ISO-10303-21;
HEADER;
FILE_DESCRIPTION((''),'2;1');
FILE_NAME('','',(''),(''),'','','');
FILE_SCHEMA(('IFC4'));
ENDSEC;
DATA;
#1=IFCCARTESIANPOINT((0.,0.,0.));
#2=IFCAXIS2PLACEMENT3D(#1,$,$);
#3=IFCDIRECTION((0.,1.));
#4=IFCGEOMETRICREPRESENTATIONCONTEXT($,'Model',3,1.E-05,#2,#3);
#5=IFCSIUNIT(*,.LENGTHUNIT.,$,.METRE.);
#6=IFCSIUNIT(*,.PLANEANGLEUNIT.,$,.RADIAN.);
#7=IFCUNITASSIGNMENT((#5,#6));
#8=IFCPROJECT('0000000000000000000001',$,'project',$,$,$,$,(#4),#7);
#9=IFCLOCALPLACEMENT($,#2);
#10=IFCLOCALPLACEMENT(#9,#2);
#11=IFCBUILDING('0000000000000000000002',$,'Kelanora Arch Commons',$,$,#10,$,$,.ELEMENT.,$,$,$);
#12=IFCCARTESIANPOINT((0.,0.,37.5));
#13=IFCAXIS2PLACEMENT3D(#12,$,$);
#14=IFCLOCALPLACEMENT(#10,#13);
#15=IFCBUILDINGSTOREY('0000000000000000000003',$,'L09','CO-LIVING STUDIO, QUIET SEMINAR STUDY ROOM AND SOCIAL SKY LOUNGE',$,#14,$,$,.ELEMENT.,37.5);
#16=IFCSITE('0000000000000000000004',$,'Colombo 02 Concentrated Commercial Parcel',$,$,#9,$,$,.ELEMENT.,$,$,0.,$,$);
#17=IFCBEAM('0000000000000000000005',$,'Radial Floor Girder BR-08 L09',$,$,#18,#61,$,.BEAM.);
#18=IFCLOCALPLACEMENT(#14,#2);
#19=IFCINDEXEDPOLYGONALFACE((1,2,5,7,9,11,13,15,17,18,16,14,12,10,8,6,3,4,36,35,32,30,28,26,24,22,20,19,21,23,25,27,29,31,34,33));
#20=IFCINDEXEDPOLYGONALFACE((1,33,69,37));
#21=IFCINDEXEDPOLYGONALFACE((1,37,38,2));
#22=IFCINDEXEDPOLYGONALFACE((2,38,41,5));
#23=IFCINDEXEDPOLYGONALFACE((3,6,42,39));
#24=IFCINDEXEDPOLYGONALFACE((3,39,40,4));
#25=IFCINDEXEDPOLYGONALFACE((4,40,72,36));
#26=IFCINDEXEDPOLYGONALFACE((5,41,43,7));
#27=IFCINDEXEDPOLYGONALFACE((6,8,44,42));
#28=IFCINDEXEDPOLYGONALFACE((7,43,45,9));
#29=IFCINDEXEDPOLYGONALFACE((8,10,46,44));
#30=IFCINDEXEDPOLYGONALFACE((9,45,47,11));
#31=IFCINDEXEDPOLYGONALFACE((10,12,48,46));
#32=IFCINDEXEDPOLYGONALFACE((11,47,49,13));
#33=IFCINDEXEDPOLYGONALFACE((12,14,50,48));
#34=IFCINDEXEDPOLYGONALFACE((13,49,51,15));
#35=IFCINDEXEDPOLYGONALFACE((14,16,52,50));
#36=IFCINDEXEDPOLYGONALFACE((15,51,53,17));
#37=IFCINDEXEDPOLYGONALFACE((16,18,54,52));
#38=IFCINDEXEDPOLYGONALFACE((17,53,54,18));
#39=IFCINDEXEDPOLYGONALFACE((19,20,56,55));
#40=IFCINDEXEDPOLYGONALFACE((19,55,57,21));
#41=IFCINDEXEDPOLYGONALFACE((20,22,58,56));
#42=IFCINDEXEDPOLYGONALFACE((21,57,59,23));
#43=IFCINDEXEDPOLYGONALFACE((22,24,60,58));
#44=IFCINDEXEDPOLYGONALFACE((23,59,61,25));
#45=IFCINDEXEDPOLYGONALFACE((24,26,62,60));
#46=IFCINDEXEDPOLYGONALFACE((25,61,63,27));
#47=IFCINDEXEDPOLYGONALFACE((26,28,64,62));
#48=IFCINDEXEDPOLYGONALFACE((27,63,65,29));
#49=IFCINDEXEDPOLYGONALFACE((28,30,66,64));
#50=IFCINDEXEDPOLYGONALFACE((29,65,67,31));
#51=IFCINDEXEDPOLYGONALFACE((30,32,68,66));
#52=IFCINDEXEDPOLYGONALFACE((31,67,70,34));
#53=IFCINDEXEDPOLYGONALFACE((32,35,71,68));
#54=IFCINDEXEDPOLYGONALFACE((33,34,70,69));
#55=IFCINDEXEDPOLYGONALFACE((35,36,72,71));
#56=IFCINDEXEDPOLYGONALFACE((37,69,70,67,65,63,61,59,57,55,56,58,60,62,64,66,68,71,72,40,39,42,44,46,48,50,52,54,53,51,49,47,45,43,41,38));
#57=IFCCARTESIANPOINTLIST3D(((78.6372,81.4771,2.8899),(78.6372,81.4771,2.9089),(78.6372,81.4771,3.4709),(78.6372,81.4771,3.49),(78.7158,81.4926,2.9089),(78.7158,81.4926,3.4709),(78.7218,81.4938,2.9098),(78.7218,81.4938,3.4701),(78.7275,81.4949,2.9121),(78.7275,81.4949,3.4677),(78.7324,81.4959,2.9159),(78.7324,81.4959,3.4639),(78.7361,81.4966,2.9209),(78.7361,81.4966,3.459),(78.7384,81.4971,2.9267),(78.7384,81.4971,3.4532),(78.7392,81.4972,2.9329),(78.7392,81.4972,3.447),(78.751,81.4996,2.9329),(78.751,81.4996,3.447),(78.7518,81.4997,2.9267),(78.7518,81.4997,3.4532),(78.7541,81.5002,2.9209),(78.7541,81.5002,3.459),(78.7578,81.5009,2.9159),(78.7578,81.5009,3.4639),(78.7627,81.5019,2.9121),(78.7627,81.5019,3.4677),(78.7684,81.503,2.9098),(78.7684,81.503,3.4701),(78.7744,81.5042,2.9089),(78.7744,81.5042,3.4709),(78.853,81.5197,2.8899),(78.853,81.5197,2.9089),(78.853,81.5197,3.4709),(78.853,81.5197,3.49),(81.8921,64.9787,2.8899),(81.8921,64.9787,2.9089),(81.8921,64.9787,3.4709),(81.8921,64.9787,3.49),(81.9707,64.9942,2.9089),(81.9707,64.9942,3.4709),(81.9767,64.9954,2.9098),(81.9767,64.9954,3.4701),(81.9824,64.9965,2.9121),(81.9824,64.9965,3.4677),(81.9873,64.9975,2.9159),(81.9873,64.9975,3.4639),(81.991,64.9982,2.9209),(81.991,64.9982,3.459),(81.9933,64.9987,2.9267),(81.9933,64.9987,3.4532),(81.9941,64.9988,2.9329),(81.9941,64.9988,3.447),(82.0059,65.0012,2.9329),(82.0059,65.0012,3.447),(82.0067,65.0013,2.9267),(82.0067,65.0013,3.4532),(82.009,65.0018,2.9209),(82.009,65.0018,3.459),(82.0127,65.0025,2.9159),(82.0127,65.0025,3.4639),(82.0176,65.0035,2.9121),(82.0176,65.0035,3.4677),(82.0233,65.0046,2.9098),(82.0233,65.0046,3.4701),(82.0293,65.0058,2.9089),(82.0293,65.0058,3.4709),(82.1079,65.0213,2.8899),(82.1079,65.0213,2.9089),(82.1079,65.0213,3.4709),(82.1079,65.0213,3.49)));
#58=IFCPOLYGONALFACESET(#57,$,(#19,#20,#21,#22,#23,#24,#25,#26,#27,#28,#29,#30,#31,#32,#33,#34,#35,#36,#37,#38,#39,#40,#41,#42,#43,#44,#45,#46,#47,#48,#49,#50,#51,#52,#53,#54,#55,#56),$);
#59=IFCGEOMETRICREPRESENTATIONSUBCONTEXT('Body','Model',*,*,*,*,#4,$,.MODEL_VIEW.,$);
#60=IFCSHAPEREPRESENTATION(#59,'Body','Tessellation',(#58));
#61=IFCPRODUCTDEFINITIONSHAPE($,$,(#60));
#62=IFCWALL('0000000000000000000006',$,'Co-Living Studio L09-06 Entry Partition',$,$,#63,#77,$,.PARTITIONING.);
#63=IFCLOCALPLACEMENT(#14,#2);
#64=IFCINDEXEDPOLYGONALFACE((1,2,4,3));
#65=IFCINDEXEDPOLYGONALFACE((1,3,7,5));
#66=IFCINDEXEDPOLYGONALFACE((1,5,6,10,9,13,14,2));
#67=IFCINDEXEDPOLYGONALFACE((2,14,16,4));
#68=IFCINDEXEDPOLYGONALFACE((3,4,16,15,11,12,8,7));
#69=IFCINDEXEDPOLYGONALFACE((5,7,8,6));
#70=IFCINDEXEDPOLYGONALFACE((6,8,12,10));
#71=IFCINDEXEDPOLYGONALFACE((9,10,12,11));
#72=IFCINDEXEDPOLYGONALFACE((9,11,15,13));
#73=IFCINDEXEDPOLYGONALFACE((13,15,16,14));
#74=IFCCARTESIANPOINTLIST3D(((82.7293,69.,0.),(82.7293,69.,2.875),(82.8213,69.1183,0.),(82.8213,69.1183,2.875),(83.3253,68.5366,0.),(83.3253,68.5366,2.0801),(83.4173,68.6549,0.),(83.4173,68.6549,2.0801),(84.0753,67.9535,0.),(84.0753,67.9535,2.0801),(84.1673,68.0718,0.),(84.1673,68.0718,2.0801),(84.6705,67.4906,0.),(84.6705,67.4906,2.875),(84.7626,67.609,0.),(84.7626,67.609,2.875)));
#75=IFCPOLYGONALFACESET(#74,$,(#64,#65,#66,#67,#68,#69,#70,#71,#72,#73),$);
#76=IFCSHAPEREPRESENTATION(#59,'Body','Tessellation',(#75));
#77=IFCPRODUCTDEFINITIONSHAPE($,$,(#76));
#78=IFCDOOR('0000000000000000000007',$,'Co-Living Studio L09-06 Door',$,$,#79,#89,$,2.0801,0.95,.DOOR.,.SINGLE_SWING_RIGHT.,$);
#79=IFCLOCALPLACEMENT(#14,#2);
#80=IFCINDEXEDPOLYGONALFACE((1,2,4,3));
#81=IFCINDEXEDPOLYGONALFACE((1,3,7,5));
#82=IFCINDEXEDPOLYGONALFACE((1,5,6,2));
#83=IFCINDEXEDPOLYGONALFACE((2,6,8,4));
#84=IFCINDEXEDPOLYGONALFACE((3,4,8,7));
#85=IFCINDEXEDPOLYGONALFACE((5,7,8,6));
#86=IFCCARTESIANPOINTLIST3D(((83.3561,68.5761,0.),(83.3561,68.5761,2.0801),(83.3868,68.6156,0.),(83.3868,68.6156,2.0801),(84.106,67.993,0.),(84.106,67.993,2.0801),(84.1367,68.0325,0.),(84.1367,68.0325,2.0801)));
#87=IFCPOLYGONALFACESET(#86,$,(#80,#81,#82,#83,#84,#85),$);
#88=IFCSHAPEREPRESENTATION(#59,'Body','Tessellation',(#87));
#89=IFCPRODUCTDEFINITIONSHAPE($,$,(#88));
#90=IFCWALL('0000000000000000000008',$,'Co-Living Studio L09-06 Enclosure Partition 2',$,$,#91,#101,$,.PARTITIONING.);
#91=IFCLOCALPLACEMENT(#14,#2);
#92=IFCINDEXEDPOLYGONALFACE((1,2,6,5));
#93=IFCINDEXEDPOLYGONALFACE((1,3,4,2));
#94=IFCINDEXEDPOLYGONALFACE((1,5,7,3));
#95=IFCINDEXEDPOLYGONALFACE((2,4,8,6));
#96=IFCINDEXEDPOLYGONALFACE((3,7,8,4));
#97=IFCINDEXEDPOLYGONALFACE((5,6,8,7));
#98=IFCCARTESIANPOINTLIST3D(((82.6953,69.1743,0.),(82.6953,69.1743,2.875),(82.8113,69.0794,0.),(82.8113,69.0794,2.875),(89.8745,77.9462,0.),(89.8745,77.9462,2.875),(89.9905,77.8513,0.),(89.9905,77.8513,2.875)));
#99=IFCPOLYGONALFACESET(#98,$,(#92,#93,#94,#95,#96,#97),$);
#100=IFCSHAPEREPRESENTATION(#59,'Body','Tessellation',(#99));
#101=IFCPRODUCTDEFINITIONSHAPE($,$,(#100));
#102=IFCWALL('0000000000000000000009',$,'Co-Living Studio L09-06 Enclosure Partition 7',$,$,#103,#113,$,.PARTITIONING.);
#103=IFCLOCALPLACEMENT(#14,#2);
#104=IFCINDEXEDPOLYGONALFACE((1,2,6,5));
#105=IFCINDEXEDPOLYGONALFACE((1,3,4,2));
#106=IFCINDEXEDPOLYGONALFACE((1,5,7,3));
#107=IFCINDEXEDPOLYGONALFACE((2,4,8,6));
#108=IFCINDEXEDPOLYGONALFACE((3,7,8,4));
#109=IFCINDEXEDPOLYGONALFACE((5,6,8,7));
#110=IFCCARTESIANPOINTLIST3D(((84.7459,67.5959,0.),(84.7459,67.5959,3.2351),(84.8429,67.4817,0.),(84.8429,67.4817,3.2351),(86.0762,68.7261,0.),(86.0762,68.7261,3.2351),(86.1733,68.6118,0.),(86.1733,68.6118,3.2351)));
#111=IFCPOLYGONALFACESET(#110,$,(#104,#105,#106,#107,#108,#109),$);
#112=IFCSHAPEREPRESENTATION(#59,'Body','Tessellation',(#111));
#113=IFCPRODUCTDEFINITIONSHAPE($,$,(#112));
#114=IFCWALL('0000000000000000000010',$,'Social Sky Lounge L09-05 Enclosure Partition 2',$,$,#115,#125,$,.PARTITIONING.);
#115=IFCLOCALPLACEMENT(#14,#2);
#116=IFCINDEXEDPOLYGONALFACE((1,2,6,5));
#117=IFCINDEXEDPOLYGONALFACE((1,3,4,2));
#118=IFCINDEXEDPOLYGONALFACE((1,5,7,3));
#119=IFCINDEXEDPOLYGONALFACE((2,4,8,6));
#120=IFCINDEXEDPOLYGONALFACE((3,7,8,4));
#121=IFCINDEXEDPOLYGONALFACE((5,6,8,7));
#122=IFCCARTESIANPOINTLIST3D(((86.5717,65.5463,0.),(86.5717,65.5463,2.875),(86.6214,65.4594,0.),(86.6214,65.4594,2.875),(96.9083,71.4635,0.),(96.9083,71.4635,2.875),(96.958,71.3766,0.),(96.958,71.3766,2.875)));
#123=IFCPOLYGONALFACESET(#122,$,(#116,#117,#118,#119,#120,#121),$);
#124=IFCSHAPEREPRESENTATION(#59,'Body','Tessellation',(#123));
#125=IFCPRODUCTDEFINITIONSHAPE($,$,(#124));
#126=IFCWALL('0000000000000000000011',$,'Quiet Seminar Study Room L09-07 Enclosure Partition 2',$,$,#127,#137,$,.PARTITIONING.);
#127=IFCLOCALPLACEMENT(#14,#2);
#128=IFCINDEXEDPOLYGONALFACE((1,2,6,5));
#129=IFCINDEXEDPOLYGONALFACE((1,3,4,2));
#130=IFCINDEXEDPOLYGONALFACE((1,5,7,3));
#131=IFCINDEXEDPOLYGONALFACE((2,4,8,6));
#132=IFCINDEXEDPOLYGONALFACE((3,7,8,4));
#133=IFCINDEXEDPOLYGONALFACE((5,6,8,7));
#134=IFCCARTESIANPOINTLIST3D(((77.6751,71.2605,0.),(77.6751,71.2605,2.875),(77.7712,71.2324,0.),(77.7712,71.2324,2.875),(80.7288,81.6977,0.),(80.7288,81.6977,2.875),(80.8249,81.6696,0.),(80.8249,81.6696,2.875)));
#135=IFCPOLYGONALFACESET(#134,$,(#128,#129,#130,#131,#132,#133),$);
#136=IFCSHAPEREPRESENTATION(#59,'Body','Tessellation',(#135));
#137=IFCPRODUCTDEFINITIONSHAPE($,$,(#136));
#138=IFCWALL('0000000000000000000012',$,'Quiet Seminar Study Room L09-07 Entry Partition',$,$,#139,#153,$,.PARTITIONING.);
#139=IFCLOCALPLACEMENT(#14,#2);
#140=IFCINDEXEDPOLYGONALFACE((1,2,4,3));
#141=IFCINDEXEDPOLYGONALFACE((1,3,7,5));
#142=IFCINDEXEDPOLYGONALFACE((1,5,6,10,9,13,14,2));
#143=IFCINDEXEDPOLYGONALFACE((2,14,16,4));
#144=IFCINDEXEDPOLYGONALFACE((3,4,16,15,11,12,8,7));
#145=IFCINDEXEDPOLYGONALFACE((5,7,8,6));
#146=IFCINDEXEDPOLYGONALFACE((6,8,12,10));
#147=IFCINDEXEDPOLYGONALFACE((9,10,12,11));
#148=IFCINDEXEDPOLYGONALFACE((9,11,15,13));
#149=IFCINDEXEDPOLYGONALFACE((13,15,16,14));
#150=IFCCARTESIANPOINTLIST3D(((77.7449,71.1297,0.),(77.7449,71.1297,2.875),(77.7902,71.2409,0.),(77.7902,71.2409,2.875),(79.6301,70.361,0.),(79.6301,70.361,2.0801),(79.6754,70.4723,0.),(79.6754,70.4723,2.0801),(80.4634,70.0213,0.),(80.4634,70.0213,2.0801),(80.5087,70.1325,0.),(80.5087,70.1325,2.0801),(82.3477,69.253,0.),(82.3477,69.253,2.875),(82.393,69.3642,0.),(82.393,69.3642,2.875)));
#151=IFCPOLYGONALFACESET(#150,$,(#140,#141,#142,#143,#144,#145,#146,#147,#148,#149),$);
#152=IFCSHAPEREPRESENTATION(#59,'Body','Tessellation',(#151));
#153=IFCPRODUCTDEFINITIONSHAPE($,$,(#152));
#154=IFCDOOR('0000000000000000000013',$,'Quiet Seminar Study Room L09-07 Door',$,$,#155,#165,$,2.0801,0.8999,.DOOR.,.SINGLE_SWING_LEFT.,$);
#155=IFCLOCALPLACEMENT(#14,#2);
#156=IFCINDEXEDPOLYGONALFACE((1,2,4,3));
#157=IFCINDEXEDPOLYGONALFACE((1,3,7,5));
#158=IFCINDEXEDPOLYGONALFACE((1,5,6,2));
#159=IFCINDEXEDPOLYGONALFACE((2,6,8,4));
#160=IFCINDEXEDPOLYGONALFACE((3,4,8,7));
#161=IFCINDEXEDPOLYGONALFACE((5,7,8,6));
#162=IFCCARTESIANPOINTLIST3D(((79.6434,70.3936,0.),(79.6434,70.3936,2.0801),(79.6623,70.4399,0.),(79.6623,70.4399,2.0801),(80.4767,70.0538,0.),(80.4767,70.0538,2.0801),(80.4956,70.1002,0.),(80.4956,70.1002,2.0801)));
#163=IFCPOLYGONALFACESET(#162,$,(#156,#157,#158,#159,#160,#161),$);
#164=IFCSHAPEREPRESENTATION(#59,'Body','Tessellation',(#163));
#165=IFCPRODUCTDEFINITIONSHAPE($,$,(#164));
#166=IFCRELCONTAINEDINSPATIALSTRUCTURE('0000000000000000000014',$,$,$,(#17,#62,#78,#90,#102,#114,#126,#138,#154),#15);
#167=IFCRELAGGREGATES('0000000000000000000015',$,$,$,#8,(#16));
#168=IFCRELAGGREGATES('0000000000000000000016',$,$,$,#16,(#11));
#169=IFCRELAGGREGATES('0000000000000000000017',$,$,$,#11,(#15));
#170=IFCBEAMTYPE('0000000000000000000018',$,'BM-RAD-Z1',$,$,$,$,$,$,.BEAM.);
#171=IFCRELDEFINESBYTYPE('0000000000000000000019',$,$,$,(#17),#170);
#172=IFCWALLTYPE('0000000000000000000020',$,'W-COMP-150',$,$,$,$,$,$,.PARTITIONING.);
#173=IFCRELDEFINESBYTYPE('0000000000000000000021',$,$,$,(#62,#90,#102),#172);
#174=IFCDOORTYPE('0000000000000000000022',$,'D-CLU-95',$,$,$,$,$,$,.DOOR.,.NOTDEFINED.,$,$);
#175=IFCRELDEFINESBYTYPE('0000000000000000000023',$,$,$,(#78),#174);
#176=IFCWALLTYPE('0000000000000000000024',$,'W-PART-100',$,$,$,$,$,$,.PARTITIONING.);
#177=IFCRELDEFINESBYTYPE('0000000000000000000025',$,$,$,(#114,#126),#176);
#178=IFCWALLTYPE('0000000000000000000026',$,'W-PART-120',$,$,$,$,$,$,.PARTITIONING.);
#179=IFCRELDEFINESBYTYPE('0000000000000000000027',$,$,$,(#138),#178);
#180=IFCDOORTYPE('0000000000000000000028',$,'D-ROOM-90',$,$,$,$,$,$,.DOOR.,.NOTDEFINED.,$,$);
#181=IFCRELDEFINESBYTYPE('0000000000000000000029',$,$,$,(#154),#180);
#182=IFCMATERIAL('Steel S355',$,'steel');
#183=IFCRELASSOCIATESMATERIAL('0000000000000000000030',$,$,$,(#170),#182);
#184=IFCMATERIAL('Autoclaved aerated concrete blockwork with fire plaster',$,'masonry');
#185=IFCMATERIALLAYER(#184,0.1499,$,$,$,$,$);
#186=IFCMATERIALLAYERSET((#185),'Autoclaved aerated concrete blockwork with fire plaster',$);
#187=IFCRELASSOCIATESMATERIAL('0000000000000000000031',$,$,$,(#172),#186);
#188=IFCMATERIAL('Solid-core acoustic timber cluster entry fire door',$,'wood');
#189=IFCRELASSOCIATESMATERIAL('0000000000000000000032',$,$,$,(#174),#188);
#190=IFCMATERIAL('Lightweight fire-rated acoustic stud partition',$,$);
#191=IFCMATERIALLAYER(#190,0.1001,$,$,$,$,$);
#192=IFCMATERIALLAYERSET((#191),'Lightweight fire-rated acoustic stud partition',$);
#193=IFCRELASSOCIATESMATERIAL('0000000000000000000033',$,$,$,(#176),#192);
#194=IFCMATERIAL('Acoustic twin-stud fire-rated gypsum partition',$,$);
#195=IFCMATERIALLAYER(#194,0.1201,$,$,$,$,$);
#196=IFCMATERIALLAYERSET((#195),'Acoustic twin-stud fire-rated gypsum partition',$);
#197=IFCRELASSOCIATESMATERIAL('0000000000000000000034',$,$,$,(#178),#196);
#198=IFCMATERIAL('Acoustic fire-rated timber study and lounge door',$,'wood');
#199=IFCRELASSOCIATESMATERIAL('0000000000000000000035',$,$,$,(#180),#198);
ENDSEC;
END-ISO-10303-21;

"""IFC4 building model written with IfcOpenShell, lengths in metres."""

from ifc_helpers import new_model, si_unit, direction, frame, frame_2d, origin, origin_2d, place, context, subcontext, project, spatial, rectangle, i_section, extrude, material, layer, layer_set, material_profile, profile_set, type_object, element, fill, save


model = new_model("IFC4")

# Units and contexts
model_context = context("Model", 3, precision=1e-05, world=origin(), true_north=direction((0.0, 1.0)))
body_context = subcontext(model_context, "Body", "Model", "MODEL_VIEW")
ifc_project = project(units=[si_unit("LENGTHUNIT", "METRE"), si_unit("PLANEANGLEUNIT", "RADIAN")], contexts=[model_context])

# Site, building, storey
site_placement = place(None, origin())
site = spatial("IfcSite", under=ifc_project, at=site_placement, Name="Colombo 02 Concentrated Commercial Parcel", CompositionType="ELEMENT", RefElevation=0.0)
building_placement = place(site_placement, origin())
building = spatial("IfcBuilding", under=site, at=building_placement, Name="Kelanora Arch Commons", CompositionType="ELEMENT")
storey_placement = place(building_placement, frame((0.0, 0.0, 37.5)))
storey = spatial("IfcBuildingStorey", under=building, at=storey_placement, Name="L09", Description="CO-LIVING STUDIO, QUIET SEMINAR STUDY ROOM AND SOCIAL SKY LOUNGE", CompositionType="ELEMENT", Elevation=37.5)

# Beam
ifc_material_1 = material(Name="Steel S355", Category="steel")
ifc_material_profile_1 = material_profile(ifc_material_1, i_section(OverallWidth=0.22, OverallDepth=0.6001, WebThickness=0.012, FlangeThickness=0.019, FilletRadius=0.0239, at=origin_2d()), Name="IPE600")
ifc_profile_set_1 = profile_set([ifc_material_profile_1], Name="Steel S355")
beam_type_1 = type_object("IfcBeamType", Name="BM-RAD-Z1", PredefinedType="BEAM", material=ifc_profile_set_1)
beam_1_placement = place(storey_placement, frame((82.0, 65.0, 3.1899), z_axis=(-0.193555, 0.981089, 0.0), x_axis=(-0.981089, -0.193555, 0.0)))
element("IfcBeam", 1, at=beam_1_placement, inside=storey, type_object=beam_type_1, Name="Radial Floor Girder BR-08 L09", PredefinedType="BEAM", context=body_context, shape_type="SweptSolid", body=[
    extrude(i_section(OverallWidth=0.22, OverallDepth=0.6001, WebThickness=0.012, FlangeThickness=0.019, FilletRadius=0.0239, at=origin_2d()), origin(), (0.0, 0.0, 1.0), 16.8164),
])

# Wall, opening, door
ifc_material_2 = material(Name="Autoclaved aerated concrete blockwork with fire plaster", Category="masonry")
ifc_layer_1 = layer(ifc_material_2, 0.1499)
ifc_layer_set_1 = layer_set([ifc_layer_1], Name="Autoclaved aerated concrete blockwork with fire plaster")
wall_type_1 = type_object("IfcWallType", Name="W-COMP-150", PredefinedType="PARTITIONING", material=ifc_layer_set_1)
wall_1_placement = place(storey_placement, frame((84.7166, 67.5498, 0.0), z_axis=(0.0, 0.0, 1.0), x_axis=(-0.789454, 0.61381, 0.0)))
wall_1 = element("IfcWall", 2, at=wall_1_placement, inside=storey, type_object=wall_type_1, Name="Co-Living Studio L09-06 Entry Partition", PredefinedType="PARTITIONING", context=body_context, shape_type="SweptSolid", body=[
    extrude(rectangle(XDim=2.459, YDim=0.1499, at=frame_2d((1.2295, 0.0))), origin(), (0.0, 0.0, 1.0), 2.875),
])
opening_1_placement = place(wall_1_placement, frame((0.7539, 0.0, 0.0)))
opening_1 = element("IfcOpeningElement", 3, at=opening_1_placement, cuts=wall_1, PredefinedType="OPENING", context=body_context, shape_type="SweptSolid", body=[
    extrude(rectangle(XDim=0.95, YDim=2.0801, at=frame_2d((0.4751, 1.04))), frame((0.0, 0.085, 0.0), z_axis=(0.0, -1.0, 0.0), x_axis=(1.0, 0.0, 0.0)), (0.0, 0.0, 1.0), 0.1699),
])
ifc_material_3 = material(Name="Solid-core acoustic timber cluster entry fire door", Category="wood")
door_type_1 = type_object("IfcDoorType", Name="D-CLU-95", OperationType="NOTDEFINED", PredefinedType="DOOR", material=ifc_material_3)
door_1_placement = place(opening_1_placement, origin())
door_1 = element("IfcDoor", 4, at=door_1_placement, inside=storey, type_object=door_type_1, Name="Co-Living Studio L09-06 Door", OperationType="SINGLE_SWING_RIGHT", OverallHeight=2.0801, OverallWidth=0.95, PredefinedType="DOOR", context=body_context, shape_type="SweptSolid", body=[
    extrude(rectangle(XDim=0.95, YDim=2.0801, at=frame_2d((0.4751, 1.04))), frame((0.0, 0.0249, 0.0), z_axis=(0.0, -1.0, 0.0), x_axis=(1.0, 0.0, 0.0)), (0.0, 0.0, 1.0), 0.05),
])
fill(opening_1, door_1)

# Walls
wall_2_placement = place(storey_placement, frame((82.7534, 69.127, 0.0), z_axis=(0.0, 0.0, 1.0), x_axis=(0.63335, 0.773865, 0.0)))
element("IfcWall", 5, at=wall_2_placement, inside=storey, type_object=wall_type_1, Name="Co-Living Studio L09-06 Enclosure Partition 2", PredefinedType="PARTITIONING", context=body_context, shape_type="SweptSolid", body=[
    extrude(rectangle(XDim=11.3352, YDim=0.1499, at=frame_2d((5.6675, 0.0))), origin(), (0.0, 0.0, 1.0), 2.875),
])
wall_3_placement = place(storey_placement, frame((86.1248, 68.6689, 0.0), z_axis=(0.0, 0.0, 1.0), x_axis=(-0.762122, -0.647433, 0.0)))
element("IfcWall", 6, at=wall_3_placement, inside=storey, type_object=wall_type_1, Name="Co-Living Studio L09-06 Enclosure Partition 7", PredefinedType="PARTITIONING", context=body_context, shape_type="SweptSolid", body=[
    extrude(rectangle(XDim=1.7456, YDim=0.1499, at=frame_2d((0.8728, 0.0))), origin(), (0.0, 0.0, 1.0), 3.2351),
])
ifc_material_4 = material(Name="Lightweight fire-rated acoustic stud partition")
ifc_layer_2 = layer(ifc_material_4, 0.1001)
ifc_layer_set_2 = layer_set([ifc_layer_2], Name="Lightweight fire-rated acoustic stud partition")
wall_type_2 = type_object("IfcWallType", Name="W-PART-100", PredefinedType="PARTITIONING", material=ifc_layer_set_2)
wall_4_placement = place(storey_placement, frame((86.5967, 65.5029, 0.0), z_axis=(0.0, 0.0, 1.0), x_axis=(0.867861, 0.496808, 0.0)))
element("IfcWall", 7, at=wall_4_placement, inside=storey, type_object=wall_type_2, Name="Social Sky Lounge L09-05 Enclosure Partition 2", PredefinedType="PARTITIONING", context=body_context, shape_type="SweptSolid", body=[
    extrude(rectangle(XDim=11.9104, YDim=0.1001, at=frame_2d((5.9551, 0.0))), origin(), (0.0, 0.0, 1.0), 2.875),
])
wall_5_placement = place(storey_placement, frame((77.7231, 71.2463, 0.0), z_axis=(0.0, 0.0, 1.0), x_axis=(0.280806, 0.959765, 0.0)))
element("IfcWall", 8, at=wall_5_placement, inside=storey, type_object=wall_type_2, Name="Quiet Seminar Study Room L09-07 Enclosure Partition 2", PredefinedType="PARTITIONING", context=body_context, shape_type="SweptSolid", body=[
    extrude(rectangle(XDim=10.8748, YDim=0.1001, at=frame_2d((5.4375, 0.0))), origin(), (0.0, 0.0, 1.0), 2.875),
])

# Wall, opening, door
ifc_material_5 = material(Name="Acoustic twin-stud fire-rated gypsum partition")
ifc_layer_3 = layer(ifc_material_5, 0.1201)
ifc_layer_set_3 = layer_set([ifc_layer_3], Name="Acoustic twin-stud fire-rated gypsum partition")
wall_type_3 = type_object("IfcWallType", Name="W-PART-120", PredefinedType="PARTITIONING", material=ifc_layer_set_3)
wall_6_placement = place(storey_placement, frame((82.3704, 69.3086, 0.0), z_axis=(0.0, 0.0, 1.0), x_axis=(-0.925987, 0.377556, 0.0)))
wall_6 = element("IfcWall", 9, at=wall_6_placement, inside=storey, type_object=wall_type_3, Name="Quiet Seminar Study Room L09-07 Entry Partition", PredefinedType="PARTITIONING", context=body_context, shape_type="SweptSolid", body=[
    extrude(rectangle(XDim=4.9707, YDim=0.1201, at=frame_2d((2.4854, 0.0))), origin(), (0.0, 0.0, 1.0), 2.875),
])
opening_2_placement = place(wall_6_placement, frame((2.0349, 0.0, 0.0)))
opening_2 = element("IfcOpeningElement", 10, at=opening_2_placement, cuts=wall_6, PredefinedType="OPENING", context=body_context, shape_type="SweptSolid", body=[
    extrude(rectangle(XDim=0.8999, YDim=2.0801, at=frame_2d((0.45, 1.04))), frame((0.0, 0.0701, 0.0), z_axis=(0.0, -1.0, 0.0), x_axis=(1.0, 0.0, 0.0)), (0.0, 0.0, 1.0), 0.1401),
])
ifc_material_6 = material(Name="Acoustic fire-rated timber study and lounge door", Category="wood")
door_type_2 = type_object("IfcDoorType", Name="D-ROOM-90", OperationType="NOTDEFINED", PredefinedType="DOOR", material=ifc_material_6)
door_2_placement = place(opening_2_placement, origin())
door_2 = element("IfcDoor", 11, at=door_2_placement, inside=storey, type_object=door_type_2, Name="Quiet Seminar Study Room L09-07 Door", OperationType="SINGLE_SWING_LEFT", OverallHeight=2.0801, OverallWidth=0.8999, PredefinedType="DOOR", context=body_context, shape_type="SweptSolid", body=[
    extrude(rectangle(XDim=0.8999, YDim=2.0801, at=frame_2d((0.45, 1.04))), frame((0.0, 0.0249, 0.0), z_axis=(0.0, -1.0, 0.0), x_axis=(1.0, 0.0, 0.0)), (0.0, 0.0, 1.0), 0.05),
])
fill(opening_2, door_2)

save(model, "model.ifc")
